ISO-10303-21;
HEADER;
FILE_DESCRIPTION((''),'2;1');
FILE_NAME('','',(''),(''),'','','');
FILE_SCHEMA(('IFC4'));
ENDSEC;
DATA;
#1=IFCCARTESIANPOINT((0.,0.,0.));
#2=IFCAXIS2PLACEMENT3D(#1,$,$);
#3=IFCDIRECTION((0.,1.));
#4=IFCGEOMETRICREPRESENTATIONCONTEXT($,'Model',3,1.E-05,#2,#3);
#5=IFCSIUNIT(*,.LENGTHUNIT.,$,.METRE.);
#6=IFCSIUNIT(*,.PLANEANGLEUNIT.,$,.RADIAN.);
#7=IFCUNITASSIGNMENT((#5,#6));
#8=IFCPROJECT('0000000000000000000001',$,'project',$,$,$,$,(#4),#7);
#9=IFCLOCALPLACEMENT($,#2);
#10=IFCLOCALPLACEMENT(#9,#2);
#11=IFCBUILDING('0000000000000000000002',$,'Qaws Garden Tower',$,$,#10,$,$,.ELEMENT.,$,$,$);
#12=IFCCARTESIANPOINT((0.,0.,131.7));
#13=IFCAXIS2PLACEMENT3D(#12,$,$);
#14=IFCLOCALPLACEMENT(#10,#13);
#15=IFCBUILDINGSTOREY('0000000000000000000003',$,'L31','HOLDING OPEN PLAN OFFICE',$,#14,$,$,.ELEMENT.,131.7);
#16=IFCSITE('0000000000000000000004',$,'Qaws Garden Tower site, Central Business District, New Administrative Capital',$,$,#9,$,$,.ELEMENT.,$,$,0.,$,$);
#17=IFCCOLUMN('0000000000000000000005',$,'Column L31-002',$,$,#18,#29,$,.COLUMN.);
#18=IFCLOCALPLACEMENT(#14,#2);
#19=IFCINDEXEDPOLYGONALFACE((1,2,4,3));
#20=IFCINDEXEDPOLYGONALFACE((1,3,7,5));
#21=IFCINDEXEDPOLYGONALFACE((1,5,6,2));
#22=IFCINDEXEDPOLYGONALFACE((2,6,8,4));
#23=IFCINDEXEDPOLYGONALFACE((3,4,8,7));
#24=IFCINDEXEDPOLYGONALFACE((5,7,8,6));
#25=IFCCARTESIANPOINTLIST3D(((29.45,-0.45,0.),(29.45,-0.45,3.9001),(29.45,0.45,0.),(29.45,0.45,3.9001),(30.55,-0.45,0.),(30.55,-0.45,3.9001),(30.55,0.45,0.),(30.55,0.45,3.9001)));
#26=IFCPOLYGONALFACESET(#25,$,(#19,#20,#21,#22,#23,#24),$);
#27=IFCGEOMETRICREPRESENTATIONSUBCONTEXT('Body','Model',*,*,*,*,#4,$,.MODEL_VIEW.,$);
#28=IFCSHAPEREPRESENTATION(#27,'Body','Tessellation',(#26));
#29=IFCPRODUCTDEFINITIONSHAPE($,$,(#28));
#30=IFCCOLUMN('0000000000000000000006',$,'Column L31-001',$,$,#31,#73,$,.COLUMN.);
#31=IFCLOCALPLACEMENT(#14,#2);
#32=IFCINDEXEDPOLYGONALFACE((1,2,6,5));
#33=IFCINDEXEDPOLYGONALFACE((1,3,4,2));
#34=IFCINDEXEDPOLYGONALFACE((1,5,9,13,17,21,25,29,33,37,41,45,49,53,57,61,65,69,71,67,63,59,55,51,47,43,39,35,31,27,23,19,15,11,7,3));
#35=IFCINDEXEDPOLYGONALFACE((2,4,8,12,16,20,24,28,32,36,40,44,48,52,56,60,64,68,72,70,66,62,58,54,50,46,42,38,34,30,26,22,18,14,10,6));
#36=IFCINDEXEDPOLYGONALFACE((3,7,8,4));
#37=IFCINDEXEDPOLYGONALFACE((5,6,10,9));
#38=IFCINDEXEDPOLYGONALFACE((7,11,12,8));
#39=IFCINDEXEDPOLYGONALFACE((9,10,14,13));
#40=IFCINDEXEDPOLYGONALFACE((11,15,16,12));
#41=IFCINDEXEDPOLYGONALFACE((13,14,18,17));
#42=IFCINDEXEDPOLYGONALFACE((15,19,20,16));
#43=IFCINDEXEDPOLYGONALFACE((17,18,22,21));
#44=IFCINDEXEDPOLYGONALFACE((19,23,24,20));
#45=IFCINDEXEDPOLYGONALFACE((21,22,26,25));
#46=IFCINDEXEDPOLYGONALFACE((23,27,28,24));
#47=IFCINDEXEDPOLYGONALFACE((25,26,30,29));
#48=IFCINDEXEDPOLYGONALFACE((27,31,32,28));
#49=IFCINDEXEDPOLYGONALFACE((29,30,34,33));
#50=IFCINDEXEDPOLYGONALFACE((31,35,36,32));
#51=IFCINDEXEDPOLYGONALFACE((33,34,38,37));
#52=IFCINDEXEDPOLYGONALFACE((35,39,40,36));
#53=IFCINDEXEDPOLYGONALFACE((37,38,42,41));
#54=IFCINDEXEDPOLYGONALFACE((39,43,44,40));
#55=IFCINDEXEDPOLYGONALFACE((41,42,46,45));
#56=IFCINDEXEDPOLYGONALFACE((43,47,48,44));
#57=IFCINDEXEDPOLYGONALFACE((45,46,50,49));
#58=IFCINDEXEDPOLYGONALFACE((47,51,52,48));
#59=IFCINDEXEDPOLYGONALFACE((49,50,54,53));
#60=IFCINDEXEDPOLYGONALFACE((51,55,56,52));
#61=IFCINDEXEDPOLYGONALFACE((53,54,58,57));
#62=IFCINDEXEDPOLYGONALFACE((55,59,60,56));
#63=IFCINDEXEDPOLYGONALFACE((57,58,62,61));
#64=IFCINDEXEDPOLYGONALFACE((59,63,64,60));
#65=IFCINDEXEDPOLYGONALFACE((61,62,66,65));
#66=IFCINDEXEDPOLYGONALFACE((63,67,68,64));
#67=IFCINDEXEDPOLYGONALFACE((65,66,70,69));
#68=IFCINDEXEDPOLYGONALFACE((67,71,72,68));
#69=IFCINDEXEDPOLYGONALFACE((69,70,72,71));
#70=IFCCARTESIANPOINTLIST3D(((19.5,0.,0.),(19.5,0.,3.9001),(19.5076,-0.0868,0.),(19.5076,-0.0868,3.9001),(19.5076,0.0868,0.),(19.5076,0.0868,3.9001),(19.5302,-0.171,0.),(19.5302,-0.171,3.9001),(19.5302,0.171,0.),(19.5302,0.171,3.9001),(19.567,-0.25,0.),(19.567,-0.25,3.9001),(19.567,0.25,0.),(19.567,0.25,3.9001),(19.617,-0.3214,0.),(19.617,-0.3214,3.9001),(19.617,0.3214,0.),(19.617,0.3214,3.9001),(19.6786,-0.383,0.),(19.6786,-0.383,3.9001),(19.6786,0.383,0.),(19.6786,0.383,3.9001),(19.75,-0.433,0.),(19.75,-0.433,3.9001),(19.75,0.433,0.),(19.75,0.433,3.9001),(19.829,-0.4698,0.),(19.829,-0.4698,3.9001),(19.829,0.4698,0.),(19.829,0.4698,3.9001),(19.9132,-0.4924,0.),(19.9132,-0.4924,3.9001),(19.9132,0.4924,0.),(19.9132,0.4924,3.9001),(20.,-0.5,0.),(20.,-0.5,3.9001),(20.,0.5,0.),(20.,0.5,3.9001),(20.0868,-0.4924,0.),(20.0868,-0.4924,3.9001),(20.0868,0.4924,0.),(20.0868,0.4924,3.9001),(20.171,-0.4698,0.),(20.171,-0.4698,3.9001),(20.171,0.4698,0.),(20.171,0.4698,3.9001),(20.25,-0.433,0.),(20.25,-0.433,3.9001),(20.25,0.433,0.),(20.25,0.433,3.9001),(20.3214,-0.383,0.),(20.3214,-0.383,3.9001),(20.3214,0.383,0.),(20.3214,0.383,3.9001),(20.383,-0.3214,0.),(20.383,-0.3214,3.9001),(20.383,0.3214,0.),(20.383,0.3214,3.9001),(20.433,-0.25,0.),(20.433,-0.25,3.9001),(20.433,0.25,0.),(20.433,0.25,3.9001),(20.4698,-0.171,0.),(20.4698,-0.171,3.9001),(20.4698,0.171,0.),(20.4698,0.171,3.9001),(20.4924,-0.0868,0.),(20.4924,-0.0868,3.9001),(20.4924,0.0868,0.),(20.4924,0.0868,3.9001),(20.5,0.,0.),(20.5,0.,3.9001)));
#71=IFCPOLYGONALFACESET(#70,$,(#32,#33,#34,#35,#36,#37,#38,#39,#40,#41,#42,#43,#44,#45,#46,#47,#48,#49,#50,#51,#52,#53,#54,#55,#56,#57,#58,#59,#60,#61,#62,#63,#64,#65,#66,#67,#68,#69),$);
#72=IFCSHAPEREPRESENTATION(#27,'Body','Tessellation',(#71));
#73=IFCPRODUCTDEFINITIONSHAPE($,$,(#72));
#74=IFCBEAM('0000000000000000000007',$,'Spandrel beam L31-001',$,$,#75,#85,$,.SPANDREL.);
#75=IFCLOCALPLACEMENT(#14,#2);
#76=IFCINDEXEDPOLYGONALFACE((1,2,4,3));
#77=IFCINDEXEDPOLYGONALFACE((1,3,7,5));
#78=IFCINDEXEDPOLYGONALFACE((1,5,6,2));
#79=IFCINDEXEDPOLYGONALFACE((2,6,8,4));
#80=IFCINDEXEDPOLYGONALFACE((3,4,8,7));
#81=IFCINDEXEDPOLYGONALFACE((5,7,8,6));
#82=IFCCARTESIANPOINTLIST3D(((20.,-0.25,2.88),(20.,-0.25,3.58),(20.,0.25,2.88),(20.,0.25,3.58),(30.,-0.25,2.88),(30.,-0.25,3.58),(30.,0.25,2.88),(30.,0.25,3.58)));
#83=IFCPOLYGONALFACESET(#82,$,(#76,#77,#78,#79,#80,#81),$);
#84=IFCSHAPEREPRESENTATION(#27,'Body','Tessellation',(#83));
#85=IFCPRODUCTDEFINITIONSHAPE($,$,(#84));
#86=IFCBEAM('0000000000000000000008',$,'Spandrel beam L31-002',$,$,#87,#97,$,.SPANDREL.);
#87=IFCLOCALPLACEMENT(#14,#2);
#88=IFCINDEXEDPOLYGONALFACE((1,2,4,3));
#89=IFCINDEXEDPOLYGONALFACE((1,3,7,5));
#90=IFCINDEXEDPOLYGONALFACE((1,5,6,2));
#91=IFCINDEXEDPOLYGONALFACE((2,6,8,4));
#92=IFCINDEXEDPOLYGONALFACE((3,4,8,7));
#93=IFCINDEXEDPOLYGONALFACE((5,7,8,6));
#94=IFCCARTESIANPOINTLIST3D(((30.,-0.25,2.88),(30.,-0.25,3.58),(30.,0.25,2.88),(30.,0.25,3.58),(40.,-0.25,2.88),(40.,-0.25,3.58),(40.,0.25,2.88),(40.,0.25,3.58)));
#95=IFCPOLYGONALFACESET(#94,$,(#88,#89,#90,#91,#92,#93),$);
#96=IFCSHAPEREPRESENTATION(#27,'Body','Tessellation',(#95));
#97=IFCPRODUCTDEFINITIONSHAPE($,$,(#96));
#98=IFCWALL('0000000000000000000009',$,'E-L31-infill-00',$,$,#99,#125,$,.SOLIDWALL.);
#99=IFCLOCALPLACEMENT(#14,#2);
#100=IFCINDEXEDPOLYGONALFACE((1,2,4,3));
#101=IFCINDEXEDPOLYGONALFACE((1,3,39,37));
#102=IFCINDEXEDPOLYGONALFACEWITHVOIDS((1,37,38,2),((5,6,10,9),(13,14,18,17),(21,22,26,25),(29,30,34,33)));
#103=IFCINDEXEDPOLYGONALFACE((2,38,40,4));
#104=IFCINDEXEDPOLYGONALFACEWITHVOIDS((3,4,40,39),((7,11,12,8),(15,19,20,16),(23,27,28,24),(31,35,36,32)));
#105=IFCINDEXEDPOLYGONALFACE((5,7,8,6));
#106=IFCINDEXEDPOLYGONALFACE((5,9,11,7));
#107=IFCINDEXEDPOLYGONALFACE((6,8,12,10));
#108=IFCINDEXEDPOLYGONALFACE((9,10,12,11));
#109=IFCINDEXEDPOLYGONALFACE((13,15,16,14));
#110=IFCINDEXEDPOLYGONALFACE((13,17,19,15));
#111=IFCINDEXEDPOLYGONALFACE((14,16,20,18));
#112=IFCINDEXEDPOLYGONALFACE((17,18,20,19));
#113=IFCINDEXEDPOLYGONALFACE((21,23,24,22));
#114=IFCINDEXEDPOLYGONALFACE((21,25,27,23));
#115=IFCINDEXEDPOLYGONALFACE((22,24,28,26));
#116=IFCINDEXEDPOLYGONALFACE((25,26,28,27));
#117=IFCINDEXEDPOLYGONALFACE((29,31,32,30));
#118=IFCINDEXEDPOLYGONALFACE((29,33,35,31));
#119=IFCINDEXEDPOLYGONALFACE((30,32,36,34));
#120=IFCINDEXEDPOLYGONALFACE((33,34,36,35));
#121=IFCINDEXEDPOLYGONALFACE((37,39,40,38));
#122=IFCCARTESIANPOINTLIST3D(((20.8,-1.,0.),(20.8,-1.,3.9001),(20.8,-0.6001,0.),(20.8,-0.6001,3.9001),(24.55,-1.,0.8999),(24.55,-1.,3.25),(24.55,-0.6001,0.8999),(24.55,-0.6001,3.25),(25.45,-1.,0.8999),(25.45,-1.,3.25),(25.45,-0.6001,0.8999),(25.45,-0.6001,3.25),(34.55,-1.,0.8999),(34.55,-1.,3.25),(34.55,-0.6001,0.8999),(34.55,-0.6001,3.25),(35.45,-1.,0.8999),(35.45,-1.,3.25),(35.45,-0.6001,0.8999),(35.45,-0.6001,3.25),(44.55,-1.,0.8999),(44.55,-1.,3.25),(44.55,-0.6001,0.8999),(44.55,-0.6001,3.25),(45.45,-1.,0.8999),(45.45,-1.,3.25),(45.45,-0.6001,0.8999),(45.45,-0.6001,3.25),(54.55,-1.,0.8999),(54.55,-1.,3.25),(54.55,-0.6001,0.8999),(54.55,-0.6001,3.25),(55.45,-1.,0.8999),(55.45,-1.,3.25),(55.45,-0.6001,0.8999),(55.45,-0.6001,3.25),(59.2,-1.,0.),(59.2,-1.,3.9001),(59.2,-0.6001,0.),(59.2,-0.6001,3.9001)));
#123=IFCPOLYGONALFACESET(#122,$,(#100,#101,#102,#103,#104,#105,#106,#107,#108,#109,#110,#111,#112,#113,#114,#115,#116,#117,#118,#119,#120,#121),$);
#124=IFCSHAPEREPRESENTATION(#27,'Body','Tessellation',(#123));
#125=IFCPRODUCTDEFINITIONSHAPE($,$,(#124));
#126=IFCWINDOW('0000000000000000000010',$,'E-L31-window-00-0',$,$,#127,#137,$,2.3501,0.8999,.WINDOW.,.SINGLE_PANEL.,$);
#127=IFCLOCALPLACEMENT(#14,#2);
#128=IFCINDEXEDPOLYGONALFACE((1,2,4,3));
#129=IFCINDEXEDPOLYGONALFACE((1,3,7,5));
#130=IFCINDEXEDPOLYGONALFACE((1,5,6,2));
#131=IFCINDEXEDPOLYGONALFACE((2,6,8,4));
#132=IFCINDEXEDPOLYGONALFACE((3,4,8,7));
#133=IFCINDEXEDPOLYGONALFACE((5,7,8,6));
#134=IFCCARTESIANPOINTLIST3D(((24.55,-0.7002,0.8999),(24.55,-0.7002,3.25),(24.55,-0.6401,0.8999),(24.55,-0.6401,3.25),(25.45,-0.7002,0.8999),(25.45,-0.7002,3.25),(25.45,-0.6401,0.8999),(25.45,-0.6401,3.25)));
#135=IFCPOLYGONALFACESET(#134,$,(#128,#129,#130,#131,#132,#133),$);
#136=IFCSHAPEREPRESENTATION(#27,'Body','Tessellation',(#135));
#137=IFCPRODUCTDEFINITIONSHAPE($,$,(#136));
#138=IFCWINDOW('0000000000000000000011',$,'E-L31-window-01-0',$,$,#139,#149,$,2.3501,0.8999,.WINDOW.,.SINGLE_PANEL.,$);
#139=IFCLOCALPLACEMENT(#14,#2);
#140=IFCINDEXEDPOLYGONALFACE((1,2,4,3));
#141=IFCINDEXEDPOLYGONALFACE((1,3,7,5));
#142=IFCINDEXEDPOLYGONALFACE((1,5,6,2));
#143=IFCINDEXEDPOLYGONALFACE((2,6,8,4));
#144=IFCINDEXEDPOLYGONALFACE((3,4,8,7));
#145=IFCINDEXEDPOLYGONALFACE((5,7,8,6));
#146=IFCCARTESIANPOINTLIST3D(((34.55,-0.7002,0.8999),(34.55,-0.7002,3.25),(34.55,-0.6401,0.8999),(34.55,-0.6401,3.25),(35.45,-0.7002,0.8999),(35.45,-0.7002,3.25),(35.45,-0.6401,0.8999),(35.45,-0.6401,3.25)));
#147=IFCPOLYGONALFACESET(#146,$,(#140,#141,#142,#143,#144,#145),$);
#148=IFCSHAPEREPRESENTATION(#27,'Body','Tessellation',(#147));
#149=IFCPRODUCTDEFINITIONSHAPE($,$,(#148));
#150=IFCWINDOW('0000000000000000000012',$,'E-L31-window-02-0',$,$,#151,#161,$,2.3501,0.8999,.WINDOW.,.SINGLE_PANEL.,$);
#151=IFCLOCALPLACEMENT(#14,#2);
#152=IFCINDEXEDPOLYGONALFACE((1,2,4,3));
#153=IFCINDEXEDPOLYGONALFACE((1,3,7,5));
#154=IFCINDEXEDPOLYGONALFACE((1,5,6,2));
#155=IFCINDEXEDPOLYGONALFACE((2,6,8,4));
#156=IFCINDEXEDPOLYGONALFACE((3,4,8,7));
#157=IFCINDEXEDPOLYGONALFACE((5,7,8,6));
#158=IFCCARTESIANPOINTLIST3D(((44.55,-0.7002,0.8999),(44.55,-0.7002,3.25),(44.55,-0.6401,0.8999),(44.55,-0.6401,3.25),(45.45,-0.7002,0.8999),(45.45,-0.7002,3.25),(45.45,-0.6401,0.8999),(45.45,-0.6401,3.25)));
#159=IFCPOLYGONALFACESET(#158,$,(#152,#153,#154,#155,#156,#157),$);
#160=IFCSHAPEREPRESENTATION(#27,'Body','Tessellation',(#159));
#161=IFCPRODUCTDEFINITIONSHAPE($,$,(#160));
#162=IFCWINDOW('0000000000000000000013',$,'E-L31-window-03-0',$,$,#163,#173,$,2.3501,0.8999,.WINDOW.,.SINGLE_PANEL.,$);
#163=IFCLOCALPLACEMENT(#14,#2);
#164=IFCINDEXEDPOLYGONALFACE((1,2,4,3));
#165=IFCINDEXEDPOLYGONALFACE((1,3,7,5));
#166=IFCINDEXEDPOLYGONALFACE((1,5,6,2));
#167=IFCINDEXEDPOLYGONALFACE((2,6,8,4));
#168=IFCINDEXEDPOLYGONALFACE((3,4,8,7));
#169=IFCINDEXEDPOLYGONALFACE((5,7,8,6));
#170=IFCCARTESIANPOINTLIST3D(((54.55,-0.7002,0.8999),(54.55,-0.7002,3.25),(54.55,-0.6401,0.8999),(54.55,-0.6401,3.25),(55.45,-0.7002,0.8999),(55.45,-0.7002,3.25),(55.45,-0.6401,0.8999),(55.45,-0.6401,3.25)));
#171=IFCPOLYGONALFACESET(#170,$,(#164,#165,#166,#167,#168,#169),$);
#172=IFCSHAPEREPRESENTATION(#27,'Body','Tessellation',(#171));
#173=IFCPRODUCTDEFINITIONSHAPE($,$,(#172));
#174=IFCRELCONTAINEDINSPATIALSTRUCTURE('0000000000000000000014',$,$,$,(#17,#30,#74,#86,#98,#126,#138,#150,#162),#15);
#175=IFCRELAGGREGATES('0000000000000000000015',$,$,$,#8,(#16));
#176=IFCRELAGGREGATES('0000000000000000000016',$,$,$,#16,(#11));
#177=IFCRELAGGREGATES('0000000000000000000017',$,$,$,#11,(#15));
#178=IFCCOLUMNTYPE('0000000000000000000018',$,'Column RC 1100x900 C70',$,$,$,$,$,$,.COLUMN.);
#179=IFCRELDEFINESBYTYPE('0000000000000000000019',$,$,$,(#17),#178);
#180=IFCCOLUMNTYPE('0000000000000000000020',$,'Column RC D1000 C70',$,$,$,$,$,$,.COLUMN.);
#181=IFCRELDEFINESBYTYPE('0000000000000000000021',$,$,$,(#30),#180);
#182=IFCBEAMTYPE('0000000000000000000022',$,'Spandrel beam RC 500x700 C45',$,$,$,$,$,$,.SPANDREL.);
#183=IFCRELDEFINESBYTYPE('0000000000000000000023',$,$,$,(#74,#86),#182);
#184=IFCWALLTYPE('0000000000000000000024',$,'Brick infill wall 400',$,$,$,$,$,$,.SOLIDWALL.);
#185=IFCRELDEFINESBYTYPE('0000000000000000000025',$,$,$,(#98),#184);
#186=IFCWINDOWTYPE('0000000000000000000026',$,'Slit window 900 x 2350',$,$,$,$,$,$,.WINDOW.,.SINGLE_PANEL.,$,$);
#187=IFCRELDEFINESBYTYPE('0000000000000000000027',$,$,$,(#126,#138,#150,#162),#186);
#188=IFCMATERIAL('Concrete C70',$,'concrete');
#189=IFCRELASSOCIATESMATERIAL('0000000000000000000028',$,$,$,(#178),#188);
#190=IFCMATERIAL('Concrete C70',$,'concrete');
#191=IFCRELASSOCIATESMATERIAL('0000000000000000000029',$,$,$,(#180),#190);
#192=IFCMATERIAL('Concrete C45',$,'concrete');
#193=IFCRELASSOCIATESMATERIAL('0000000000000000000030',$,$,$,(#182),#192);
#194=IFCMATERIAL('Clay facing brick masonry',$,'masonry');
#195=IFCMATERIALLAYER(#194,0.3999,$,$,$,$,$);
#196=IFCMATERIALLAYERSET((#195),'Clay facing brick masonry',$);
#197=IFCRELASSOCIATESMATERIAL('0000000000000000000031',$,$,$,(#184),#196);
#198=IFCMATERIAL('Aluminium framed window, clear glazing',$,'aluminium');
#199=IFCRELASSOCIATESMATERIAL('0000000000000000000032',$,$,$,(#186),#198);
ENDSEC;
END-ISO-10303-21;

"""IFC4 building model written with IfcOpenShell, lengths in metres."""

from ifc_helpers import new_model, si_unit, direction, frame, frame_2d, origin, origin_2d, place, context, subcontext, project, spatial, rectangle, circle, extrude, material, layer, layer_set, material_profile, profile_set, type_object, element, fill, save


model = new_model("IFC4")

# Units and contexts
model_context = context("Model", 3, precision=1e-05, world=origin(), true_north=direction((0.0, 1.0)))
body_context = subcontext(model_context, "Body", "Model", "MODEL_VIEW")
ifc_project = project(units=[si_unit("LENGTHUNIT", "METRE"), si_unit("PLANEANGLEUNIT", "RADIAN")], contexts=[model_context])

# Site, building, storey
site_placement = place(None, origin())
site = spatial("IfcSite", under=ifc_project, at=site_placement, Name="Qaws Garden Tower site, Central Business District, New Administrative Capital", CompositionType="ELEMENT", RefElevation=0.0)
building_placement = place(site_placement, origin())
building = spatial("IfcBuilding", under=site, at=building_placement, Name="Qaws Garden Tower", CompositionType="ELEMENT")
storey_placement = place(building_placement, frame((0.0, 0.0, 131.7)))
storey = spatial("IfcBuildingStorey", under=building, at=storey_placement, Name="L31", Description="HOLDING OPEN PLAN OFFICE", CompositionType="ELEMENT", Elevation=131.7)

# Columns
ifc_material_1 = material(Name="Concrete C70", Category="concrete")
ifc_material_profile_1 = material_profile(ifc_material_1, rectangle(XDim=1.1001, YDim=0.8999, at=origin_2d()), Name="RC 1100x900")
ifc_profile_set_1 = profile_set([ifc_material_profile_1], Name="Concrete C70")
column_type_1 = type_object("IfcColumnType", Name="Column RC 1100x900 C70", PredefinedType="COLUMN", material=ifc_profile_set_1)
column_1_placement = place(storey_placement, frame((30.0, 0.0, 0.0), z_axis=(0.0, 0.0, 1.0), x_axis=(1.0, 0.0, 0.0)))
element("IfcColumn", 1, at=column_1_placement, inside=storey, type_object=column_type_1, Name="Column L31-002", PredefinedType="COLUMN", context=body_context, shape_type="SweptSolid", body=[
    extrude(rectangle(XDim=1.1001, YDim=0.8999, at=origin_2d()), origin(), (0.0, 0.0, 1.0), 3.9001),
])
ifc_material_2 = material(Name="Concrete C70", Category="concrete")
ifc_material_profile_2 = material_profile(ifc_material_2, circle(Radius=0.5, at=origin_2d()), Name="RC D1000")
ifc_profile_set_2 = profile_set([ifc_material_profile_2], Name="Concrete C70")
column_type_2 = type_object("IfcColumnType", Name="Column RC D1000 C70", PredefinedType="COLUMN", material=ifc_profile_set_2)
column_2_placement = place(storey_placement, frame((20.0, 0.0, 0.0), z_axis=(0.0, 0.0, 1.0), x_axis=(1.0, 0.0, 0.0)))
element("IfcColumn", 2, at=column_2_placement, inside=storey, type_object=column_type_2, Name="Column L31-001", PredefinedType="COLUMN", context=body_context, shape_type="SweptSolid", body=[
    extrude(circle(Radius=0.5, at=origin_2d()), origin(), (0.0, 0.0, 1.0), 3.9001),
])

# Beams
ifc_material_3 = material(Name="Concrete C45", Category="concrete")
ifc_material_profile_3 = material_profile(ifc_material_3, rectangle(XDim=0.5, YDim=0.7, at=origin_2d()), Name="RC 500x700")
ifc_profile_set_3 = profile_set([ifc_material_profile_3], Name="Concrete C45")
beam_type = type_object("IfcBeamType", Name="Spandrel beam RC 500x700 C45", PredefinedType="SPANDREL", material=ifc_profile_set_3)
for number, where, z_axis, x_axis, name in (
    (3, (20.0, 0.0, 3.23), (1.0, 0.0, 0.0), (0.0, 1.0, 0.0), "Spandrel beam L31-001"),
    (4, (30.0, 0.0, 3.23), (1.0, 0.0, 0.0), (0.0, 1.0, 0.0), "Spandrel beam L31-002"),
):
    element("IfcBeam", number, at=place(storey_placement, frame(where, z_axis=z_axis, x_axis=x_axis)), inside=storey, type_object=beam_type, Name=name, PredefinedType="SPANDREL", context=body_context, shape_type="SweptSolid", body=[
        extrude(rectangle(XDim=0.5, YDim=0.7, at=origin_2d()), origin(), (0.0, 0.0, 1.0), 10.0),
    ])

# Wall, openings, windows
ifc_material_4 = material(Name="Clay facing brick masonry", Category="masonry")
ifc_layer_1 = layer(ifc_material_4, 0.3999)
ifc_layer_set_1 = layer_set([ifc_layer_1], Name="Clay facing brick masonry")
wall_type_1 = type_object("IfcWallType", Name="Brick infill wall 400", PredefinedType="SOLIDWALL", material=ifc_layer_set_1)
wall_1_placement = place(storey_placement, frame((20.8, -0.8, 0.0), z_axis=(0.0, 0.0, 1.0), x_axis=(1.0, 0.0, 0.0)))
wall_1 = element("IfcWall", 5, at=wall_1_placement, inside=storey, type_object=wall_type_1, Name="E-L31-infill-00", PredefinedType="SOLIDWALL", context=body_context, shape_type="SweptSolid", body=[
    extrude(rectangle(XDim=38.3999, YDim=0.3999, at=frame_2d((19.2, 0.0))), origin(), (0.0, 0.0, 1.0), 3.9001),
])
opening_1_placement = place(wall_1_placement, frame((3.75, 0.0, 0.8999)))
opening_1 = element("IfcOpeningElement", 6, at=opening_1_placement, cuts=wall_1, PredefinedType="OPENING", context=body_context, shape_type="SweptSolid", body=[
    extrude(rectangle(XDim=0.8999, YDim=2.3501, at=frame_2d((0.45, 1.175))), frame((0.0, 0.21, 0.0), z_axis=(0.0, -1.0, 0.0), x_axis=(1.0, 0.0, 0.0)), (0.0, 0.0, 1.0), 0.4199),
])
opening_2_placement = place(wall_1_placement, frame((13.75, 0.0, 0.8999)))
opening_2 = element("IfcOpeningElement", 7, at=opening_2_placement, cuts=wall_1, PredefinedType="OPENING", context=body_context, shape_type="SweptSolid", body=[
    extrude(rectangle(XDim=0.8999, YDim=2.3501, at=frame_2d((0.45, 1.175))), frame((0.0, 0.21, 0.0), z_axis=(0.0, -1.0, 0.0), x_axis=(1.0, 0.0, 0.0)), (0.0, 0.0, 1.0), 0.4199),
])
opening_3_placement = place(wall_1_placement, frame((23.75, 0.0, 0.8999)))
opening_3 = element("IfcOpeningElement", 8, at=opening_3_placement, cuts=wall_1, PredefinedType="OPENING", context=body_context, shape_type="SweptSolid", body=[
    extrude(rectangle(XDim=0.8999, YDim=2.3501, at=frame_2d((0.45, 1.175))), frame((0.0, 0.21, 0.0), z_axis=(0.0, -1.0, 0.0), x_axis=(1.0, 0.0, 0.0)), (0.0, 0.0, 1.0), 0.4199),
])
opening_4_placement = place(wall_1_placement, frame((33.75, 0.0, 0.8999)))
opening_4 = element("IfcOpeningElement", 9, at=opening_4_placement, cuts=wall_1, PredefinedType="OPENING", context=body_context, shape_type="SweptSolid", body=[
    extrude(rectangle(XDim=0.8999, YDim=2.3501, at=frame_2d((0.45, 1.175))), frame((0.0, 0.21, 0.0), z_axis=(0.0, -1.0, 0.0), x_axis=(1.0, 0.0, 0.0)), (0.0, 0.0, 1.0), 0.4199),
])
ifc_material_5 = material(Name="Aluminium framed window, clear glazing", Category="aluminium")
window_type = type_object("IfcWindowType", Name="Slit window 900 x 2350", PartitioningType="SINGLE_PANEL", PredefinedType="WINDOW", material=ifc_material_5)
window_1_placement = place(opening_1_placement, origin())
window_1 = element("IfcWindow", 10, at=window_1_placement, inside=storey, type_object=window_type, Name="E-L31-window-00-0", OverallHeight=2.3501, OverallWidth=0.8999, PartitioningType="SINGLE_PANEL", PredefinedType="WINDOW", context=body_context, shape_type="SweptSolid", body=[
    extrude(rectangle(XDim=0.8999, YDim=2.3501, at=frame_2d((0.45, 1.175))), frame((0.0, 0.1599, 0.0), z_axis=(0.0, -1.0, 0.0), x_axis=(1.0, 0.0, 0.0)), (0.0, 0.0, 1.0), 0.0601),
])
fill(opening_1, window_1)
window_2_placement = place(opening_2_placement, origin())
window_2 = element("IfcWindow", 11, at=window_2_placement, inside=storey, type_object=window_type, Name="E-L31-window-01-0", OverallHeight=2.3501, OverallWidth=0.8999, PartitioningType="SINGLE_PANEL", PredefinedType="WINDOW", context=body_context, shape_type="SweptSolid", body=[
    extrude(rectangle(XDim=0.8999, YDim=2.3501, at=frame_2d((0.45, 1.175))), frame((0.0, 0.1599, 0.0), z_axis=(0.0, -1.0, 0.0), x_axis=(1.0, 0.0, 0.0)), (0.0, 0.0, 1.0), 0.0601),
])
fill(opening_2, window_2)
window_3_placement = place(opening_3_placement, origin())
window_3 = element("IfcWindow", 12, at=window_3_placement, inside=storey, type_object=window_type, Name="E-L31-window-02-0", OverallHeight=2.3501, OverallWidth=0.8999, PartitioningType="SINGLE_PANEL", PredefinedType="WINDOW", context=body_context, shape_type="SweptSolid", body=[
    extrude(rectangle(XDim=0.8999, YDim=2.3501, at=frame_2d((0.45, 1.175))), frame((0.0, 0.1599, 0.0), z_axis=(0.0, -1.0, 0.0), x_axis=(1.0, 0.0, 0.0)), (0.0, 0.0, 1.0), 0.0601),
])
fill(opening_3, window_3)
window_4_placement = place(opening_4_placement, origin())
window_4 = element("IfcWindow", 13, at=window_4_placement, inside=storey, type_object=window_type, Name="E-L31-window-03-0", OverallHeight=2.3501, OverallWidth=0.8999, PartitioningType="SINGLE_PANEL", PredefinedType="WINDOW", context=body_context, shape_type="SweptSolid", body=[
    extrude(rectangle(XDim=0.8999, YDim=2.3501, at=frame_2d((0.45, 1.175))), frame((0.0, 0.1599, 0.0), z_axis=(0.0, -1.0, 0.0), x_axis=(1.0, 0.0, 0.0)), (0.0, 0.0, 1.0), 0.0601),
])
fill(opening_4, window_4)

save(model, "model.ifc")
